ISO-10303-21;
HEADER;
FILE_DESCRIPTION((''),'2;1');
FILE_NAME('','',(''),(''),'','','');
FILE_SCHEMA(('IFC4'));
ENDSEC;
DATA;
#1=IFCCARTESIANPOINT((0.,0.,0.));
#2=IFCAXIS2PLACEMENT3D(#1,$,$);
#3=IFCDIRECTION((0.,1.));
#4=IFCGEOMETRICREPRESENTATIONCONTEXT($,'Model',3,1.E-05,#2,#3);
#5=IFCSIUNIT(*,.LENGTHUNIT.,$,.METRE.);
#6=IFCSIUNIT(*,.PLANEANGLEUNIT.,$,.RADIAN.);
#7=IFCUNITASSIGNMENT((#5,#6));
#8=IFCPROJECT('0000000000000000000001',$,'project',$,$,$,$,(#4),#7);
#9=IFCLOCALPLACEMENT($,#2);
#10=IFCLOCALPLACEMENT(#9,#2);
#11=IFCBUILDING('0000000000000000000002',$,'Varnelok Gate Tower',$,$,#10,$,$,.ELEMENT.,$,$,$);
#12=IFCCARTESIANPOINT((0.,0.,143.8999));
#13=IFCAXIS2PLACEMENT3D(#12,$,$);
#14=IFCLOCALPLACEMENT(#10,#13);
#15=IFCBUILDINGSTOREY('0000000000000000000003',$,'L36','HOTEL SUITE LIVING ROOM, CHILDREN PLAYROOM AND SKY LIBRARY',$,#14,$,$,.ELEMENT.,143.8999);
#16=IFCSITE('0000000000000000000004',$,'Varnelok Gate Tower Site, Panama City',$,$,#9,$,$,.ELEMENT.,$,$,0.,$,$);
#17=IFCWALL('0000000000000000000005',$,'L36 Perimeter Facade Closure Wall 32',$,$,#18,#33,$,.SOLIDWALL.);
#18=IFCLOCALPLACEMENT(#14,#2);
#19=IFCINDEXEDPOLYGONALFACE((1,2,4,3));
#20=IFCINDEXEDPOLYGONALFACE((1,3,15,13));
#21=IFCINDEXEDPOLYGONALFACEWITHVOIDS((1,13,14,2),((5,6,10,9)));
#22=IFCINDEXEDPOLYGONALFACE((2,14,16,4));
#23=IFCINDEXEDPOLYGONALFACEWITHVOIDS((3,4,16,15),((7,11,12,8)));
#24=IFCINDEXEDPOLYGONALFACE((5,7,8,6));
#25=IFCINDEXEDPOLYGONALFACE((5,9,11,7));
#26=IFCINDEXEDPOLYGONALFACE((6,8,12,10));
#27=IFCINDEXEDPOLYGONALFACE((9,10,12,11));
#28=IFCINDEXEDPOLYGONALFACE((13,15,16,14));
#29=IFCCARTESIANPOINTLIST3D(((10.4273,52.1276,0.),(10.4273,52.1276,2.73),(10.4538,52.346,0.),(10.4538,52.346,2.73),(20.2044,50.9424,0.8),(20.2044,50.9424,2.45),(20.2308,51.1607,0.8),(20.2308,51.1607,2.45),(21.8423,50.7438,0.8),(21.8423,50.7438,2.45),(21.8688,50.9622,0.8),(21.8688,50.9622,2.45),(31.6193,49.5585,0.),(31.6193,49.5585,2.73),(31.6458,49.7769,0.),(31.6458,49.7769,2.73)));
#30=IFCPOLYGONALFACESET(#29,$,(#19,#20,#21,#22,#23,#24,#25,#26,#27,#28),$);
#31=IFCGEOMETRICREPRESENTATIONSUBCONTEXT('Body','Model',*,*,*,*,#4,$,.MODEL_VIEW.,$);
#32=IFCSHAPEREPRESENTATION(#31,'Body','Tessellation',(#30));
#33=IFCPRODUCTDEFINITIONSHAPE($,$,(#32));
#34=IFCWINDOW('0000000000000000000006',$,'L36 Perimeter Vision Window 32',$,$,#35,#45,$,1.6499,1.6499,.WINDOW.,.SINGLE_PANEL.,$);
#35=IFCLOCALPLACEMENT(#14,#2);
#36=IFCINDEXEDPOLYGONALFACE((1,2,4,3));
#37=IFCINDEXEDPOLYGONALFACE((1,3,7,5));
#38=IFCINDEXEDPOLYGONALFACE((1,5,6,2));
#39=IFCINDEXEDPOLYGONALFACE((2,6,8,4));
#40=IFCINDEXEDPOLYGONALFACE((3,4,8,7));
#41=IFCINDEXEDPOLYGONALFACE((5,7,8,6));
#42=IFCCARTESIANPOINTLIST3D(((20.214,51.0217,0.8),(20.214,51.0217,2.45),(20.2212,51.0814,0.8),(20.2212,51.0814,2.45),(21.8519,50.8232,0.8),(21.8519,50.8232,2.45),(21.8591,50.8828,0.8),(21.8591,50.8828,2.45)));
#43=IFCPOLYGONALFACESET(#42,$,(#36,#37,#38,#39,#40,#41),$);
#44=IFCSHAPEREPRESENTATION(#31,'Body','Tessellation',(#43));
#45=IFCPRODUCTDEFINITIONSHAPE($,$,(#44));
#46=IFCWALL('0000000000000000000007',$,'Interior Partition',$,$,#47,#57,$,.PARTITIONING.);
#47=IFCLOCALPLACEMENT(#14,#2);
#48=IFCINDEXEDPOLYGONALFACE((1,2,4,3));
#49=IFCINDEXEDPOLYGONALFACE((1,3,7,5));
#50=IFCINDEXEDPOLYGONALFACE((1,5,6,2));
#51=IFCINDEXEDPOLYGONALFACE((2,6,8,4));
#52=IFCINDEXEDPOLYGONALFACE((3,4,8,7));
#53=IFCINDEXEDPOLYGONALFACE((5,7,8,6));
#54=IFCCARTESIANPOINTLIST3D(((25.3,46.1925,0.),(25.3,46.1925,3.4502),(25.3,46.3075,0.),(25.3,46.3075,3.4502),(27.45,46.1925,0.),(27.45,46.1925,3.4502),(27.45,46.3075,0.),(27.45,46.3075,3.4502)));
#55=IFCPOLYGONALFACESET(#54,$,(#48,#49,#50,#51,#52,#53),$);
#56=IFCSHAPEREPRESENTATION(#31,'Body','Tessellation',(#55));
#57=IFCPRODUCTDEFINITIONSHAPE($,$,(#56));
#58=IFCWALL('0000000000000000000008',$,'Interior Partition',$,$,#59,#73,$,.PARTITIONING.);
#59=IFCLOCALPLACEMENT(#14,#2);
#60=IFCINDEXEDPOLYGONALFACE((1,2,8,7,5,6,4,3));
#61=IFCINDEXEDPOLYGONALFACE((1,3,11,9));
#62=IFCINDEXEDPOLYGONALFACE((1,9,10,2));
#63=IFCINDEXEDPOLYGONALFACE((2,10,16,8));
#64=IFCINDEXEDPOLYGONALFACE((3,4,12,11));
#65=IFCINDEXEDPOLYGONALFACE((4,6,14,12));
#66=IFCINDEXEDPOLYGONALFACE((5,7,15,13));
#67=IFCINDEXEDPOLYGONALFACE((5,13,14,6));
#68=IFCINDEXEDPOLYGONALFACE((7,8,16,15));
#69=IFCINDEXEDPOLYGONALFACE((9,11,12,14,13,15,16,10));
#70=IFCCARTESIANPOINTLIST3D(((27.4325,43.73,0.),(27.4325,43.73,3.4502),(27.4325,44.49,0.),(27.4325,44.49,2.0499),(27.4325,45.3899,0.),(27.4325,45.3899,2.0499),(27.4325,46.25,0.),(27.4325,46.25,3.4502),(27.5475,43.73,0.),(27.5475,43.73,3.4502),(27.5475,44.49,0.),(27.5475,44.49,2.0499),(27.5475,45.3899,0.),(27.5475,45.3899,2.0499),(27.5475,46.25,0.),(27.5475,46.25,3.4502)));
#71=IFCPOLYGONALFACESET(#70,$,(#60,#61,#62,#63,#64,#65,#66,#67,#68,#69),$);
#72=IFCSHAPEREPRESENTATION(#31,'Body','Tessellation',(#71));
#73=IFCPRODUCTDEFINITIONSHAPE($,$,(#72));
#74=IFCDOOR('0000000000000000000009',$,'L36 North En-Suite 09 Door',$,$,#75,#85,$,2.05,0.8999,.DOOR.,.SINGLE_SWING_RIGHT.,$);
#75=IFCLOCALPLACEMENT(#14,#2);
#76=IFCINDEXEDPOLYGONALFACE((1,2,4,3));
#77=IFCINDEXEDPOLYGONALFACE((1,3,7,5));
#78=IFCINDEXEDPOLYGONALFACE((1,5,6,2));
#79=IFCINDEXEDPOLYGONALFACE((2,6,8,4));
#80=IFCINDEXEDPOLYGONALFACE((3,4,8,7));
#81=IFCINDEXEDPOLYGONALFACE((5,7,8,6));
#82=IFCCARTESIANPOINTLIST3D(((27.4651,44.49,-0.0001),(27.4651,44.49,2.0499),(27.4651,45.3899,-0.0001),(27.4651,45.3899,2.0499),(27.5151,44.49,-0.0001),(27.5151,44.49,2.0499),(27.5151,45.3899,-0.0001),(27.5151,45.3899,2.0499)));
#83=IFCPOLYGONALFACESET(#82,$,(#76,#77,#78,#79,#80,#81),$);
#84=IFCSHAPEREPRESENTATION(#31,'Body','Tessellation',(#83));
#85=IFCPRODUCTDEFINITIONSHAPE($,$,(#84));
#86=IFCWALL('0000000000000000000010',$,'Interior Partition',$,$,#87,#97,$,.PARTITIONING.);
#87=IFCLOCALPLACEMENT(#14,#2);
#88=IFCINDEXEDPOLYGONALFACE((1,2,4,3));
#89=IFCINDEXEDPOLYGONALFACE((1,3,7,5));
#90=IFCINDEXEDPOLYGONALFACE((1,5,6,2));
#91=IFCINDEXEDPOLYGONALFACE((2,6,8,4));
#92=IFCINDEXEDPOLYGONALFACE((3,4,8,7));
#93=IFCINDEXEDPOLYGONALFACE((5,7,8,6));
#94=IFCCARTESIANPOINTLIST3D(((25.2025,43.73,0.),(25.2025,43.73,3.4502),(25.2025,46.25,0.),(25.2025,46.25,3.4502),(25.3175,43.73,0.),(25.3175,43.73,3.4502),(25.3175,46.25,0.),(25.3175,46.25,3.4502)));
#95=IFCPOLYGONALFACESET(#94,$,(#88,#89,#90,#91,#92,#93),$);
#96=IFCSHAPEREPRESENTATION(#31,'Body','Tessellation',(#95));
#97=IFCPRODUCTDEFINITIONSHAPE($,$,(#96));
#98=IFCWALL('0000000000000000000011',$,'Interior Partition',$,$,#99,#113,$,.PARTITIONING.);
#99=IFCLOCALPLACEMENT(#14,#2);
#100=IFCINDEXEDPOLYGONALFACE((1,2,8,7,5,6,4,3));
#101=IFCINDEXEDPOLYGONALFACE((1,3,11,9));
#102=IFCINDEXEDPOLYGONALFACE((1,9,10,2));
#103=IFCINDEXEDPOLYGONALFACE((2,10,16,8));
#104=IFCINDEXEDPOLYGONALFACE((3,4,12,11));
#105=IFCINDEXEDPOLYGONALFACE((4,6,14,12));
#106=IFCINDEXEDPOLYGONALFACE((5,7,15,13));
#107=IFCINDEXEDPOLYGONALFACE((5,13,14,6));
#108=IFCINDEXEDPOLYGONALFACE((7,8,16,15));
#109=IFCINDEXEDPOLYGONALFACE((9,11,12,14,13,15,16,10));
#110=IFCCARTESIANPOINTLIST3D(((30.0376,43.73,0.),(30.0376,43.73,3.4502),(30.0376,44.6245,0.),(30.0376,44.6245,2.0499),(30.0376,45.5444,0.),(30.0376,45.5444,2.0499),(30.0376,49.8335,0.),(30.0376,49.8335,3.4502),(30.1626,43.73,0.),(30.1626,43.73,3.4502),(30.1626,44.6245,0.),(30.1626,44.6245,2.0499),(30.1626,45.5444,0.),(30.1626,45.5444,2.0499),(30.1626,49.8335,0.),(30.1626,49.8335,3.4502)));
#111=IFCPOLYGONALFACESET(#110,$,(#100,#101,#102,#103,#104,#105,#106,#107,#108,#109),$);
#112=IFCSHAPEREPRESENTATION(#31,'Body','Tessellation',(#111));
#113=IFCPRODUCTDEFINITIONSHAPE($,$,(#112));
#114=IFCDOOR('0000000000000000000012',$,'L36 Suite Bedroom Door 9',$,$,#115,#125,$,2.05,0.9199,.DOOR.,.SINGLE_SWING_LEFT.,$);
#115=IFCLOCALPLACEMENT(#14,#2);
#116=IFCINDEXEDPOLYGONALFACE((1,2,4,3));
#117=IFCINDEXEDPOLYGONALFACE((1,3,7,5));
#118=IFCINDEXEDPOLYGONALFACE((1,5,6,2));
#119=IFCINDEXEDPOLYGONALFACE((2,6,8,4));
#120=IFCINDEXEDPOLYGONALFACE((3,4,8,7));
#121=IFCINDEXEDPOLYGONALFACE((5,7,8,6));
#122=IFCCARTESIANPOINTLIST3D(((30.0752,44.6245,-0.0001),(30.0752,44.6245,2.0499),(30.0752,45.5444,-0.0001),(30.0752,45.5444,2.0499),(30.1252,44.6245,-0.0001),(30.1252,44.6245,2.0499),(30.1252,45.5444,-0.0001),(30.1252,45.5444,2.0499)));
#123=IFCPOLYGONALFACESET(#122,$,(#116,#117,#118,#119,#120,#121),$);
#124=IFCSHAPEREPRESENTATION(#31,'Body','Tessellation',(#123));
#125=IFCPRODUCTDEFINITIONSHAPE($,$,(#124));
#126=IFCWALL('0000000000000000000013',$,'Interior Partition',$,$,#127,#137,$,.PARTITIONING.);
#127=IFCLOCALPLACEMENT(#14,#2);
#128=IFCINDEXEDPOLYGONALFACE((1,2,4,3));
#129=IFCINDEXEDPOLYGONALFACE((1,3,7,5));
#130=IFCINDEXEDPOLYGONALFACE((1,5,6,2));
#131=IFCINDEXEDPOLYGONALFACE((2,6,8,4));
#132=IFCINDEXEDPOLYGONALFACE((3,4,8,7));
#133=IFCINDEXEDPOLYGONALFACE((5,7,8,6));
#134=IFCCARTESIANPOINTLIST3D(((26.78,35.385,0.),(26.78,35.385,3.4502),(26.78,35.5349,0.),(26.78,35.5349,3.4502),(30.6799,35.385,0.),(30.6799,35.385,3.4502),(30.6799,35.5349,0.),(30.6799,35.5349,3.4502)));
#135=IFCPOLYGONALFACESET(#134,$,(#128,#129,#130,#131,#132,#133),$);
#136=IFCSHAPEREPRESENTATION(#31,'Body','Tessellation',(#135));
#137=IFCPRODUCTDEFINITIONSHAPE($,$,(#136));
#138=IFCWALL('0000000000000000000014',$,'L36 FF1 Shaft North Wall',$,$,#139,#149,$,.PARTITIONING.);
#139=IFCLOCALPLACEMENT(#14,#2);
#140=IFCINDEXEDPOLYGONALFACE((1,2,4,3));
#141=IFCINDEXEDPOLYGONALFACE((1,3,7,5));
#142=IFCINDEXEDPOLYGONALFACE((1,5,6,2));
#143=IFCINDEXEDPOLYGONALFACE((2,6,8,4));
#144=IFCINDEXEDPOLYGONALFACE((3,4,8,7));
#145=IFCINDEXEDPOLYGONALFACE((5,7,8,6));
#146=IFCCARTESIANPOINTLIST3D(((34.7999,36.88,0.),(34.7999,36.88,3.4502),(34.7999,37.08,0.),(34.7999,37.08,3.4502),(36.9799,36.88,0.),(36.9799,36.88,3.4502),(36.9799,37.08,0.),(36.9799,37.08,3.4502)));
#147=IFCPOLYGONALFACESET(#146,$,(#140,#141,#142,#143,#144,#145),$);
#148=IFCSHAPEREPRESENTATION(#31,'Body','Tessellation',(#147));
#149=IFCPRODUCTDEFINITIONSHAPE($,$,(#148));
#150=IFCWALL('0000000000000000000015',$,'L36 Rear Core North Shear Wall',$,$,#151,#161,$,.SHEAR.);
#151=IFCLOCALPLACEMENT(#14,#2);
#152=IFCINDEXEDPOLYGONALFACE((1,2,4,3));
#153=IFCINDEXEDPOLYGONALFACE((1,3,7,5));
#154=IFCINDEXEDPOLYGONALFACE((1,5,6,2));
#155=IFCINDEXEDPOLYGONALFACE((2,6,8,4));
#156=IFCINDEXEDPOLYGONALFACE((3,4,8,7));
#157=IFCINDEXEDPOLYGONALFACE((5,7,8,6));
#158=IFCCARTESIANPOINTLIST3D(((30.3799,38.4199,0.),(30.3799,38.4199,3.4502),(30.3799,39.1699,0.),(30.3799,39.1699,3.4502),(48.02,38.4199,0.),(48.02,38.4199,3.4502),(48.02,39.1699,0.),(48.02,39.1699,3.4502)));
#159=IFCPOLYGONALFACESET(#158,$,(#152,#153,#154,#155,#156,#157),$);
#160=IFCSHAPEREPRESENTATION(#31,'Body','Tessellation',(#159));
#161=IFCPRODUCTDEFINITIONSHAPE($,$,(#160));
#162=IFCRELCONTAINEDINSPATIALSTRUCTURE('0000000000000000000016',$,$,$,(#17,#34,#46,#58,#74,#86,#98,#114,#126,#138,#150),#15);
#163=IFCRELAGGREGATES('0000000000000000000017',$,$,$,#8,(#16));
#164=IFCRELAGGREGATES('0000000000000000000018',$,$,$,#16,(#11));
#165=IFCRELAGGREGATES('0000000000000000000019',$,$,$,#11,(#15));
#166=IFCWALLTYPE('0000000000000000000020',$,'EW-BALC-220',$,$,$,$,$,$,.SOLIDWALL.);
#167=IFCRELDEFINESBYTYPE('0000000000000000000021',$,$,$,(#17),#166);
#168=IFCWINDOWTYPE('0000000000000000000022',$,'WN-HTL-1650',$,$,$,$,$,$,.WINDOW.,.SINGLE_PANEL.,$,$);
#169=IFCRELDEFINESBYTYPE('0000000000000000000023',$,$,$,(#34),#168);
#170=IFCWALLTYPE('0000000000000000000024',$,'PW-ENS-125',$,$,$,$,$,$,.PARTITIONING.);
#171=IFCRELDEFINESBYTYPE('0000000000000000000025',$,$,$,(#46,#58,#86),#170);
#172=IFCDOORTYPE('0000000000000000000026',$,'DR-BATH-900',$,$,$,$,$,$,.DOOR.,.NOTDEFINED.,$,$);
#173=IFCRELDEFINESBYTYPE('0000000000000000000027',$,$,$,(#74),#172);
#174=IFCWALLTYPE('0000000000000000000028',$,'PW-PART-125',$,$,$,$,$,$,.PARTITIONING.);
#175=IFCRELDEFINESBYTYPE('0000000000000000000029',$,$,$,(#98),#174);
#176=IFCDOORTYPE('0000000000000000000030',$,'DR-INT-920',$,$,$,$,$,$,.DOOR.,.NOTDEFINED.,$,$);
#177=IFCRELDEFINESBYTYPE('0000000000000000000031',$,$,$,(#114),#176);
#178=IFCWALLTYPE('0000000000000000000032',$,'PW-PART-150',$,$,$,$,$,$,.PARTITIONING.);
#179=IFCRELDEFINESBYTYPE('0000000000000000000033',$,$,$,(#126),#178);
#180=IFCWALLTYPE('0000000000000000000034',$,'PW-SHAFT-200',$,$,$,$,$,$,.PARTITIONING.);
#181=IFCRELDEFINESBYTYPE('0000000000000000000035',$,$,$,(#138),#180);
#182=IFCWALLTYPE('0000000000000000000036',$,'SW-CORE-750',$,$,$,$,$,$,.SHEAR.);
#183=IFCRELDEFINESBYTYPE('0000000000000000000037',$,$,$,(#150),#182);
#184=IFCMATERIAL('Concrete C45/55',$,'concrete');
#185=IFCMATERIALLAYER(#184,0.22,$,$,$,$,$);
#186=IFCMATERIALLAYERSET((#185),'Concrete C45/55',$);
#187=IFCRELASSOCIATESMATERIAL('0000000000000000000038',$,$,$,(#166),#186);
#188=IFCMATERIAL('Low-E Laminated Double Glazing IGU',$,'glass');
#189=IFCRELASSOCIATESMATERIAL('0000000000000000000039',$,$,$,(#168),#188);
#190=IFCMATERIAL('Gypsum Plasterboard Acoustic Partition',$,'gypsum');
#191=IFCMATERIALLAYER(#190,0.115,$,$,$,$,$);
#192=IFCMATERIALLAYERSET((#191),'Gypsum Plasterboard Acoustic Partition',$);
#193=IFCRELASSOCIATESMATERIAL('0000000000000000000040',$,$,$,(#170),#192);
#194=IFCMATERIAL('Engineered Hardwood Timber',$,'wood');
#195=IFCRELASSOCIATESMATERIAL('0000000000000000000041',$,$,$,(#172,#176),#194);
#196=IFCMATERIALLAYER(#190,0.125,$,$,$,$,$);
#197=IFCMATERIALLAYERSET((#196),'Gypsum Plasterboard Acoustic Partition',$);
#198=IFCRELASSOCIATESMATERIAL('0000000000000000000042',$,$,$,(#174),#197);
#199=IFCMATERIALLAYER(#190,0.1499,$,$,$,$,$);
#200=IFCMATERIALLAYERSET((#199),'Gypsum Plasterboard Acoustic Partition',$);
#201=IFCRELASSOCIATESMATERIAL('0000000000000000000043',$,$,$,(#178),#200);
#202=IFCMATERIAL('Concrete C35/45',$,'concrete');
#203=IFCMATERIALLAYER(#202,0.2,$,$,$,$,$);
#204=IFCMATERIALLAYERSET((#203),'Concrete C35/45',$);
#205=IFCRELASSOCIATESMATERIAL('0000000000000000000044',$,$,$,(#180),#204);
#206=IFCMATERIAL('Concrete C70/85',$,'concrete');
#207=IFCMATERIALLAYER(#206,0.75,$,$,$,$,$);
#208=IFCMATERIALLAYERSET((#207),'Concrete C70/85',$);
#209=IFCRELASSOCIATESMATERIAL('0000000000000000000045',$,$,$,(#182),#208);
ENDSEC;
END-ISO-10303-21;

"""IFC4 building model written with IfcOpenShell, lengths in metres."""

from ifc_helpers import new_model, si_unit, direction, frame, frame_2d, origin, place, context, subcontext, project, spatial, rectangle, extrude, material, layer, layer_set, type_object, element, fill, save


model = new_model("IFC4")

# Units and contexts
model_context = context("Model", 3, precision=1e-05, world=origin(), true_north=direction((0.0, 1.0)))
body_context = subcontext(model_context, "Body", "Model", "MODEL_VIEW")
ifc_project = project(units=[si_unit("LENGTHUNIT", "METRE"), si_unit("PLANEANGLEUNIT", "RADIAN")], contexts=[model_context])

# Site, building, storey
site_placement = place(None, origin())
site = spatial("IfcSite", under=ifc_project, at=site_placement, Name="Varnelok Gate Tower Site, Panama City", CompositionType="ELEMENT", RefElevation=0.0)
building_placement = place(site_placement, origin())
building = spatial("IfcBuilding", under=site, at=building_placement, Name="Varnelok Gate Tower", CompositionType="ELEMENT")
storey_placement = place(building_placement, frame((0.0, 0.0, 143.8999)))
storey = spatial("IfcBuildingStorey", under=building, at=storey_placement, Name="L36", Description="HOTEL SUITE LIVING ROOM, CHILDREN PLAYROOM AND SKY LIBRARY", CompositionType="ELEMENT", Elevation=143.8999)

# Shared definitions
ifc_material_1 = material(Name="Concrete C45/55", Category="concrete")
ifc_layer_1 = layer(ifc_material_1, 0.22)
ifc_layer_set_1 = layer_set([ifc_layer_1], Name="Concrete C45/55")
wall_type_1 = type_object("IfcWallType", Name="EW-BALC-220", PredefinedType="SOLIDWALL", material=ifc_layer_set_1)

# Wall, opening, window
wall_1_placement = place(storey_placement, frame((31.6326, 49.6677, 0.0), z_axis=(0.0, 0.0, 1.0), x_axis=(-0.992732, 0.120349, 0.0)))
wall_1 = element("IfcWall", 1, at=wall_1_placement, inside=storey, type_object=wall_type_1, Name="L36 Perimeter Facade Closure Wall 32", PredefinedType="SOLIDWALL", context=body_context, shape_type="SweptSolid", body=[
    extrude(rectangle(XDim=21.3472, YDim=0.22, at=frame_2d((10.6736, 0.0))), origin(), (0.0, 0.0, 1.0), 2.73),
])
opening_1_placement = place(wall_1_placement, frame((9.8486, 0.0, 0.8)))
opening_1 = element("IfcOpeningElement", 2, at=opening_1_placement, cuts=wall_1, PredefinedType="OPENING", context=body_context, shape_type="SweptSolid", body=[
    extrude(rectangle(XDim=1.6499, YDim=1.6499, at=frame_2d((0.825, 0.825))), frame((0.0, 0.1199, 0.0), z_axis=(0.0, -1.0, 0.0), x_axis=(1.0, 0.0, 0.0)), (0.0, 0.0, 1.0), 0.24),
])
ifc_material_2 = material(Name="Low-E Laminated Double Glazing IGU", Category="glass")
window_type = type_object("IfcWindowType", Name="WN-HTL-1650", PartitioningType="SINGLE_PANEL", PredefinedType="WINDOW", material=ifc_material_2)
window_placement = place(opening_1_placement, origin())
window = element("IfcWindow", 3, at=window_placement, inside=storey, type_object=window_type, Name="L36 Perimeter Vision Window 32", OverallHeight=1.6499, OverallWidth=1.6499, PartitioningType="SINGLE_PANEL", PredefinedType="WINDOW", context=body_context, shape_type="SweptSolid", body=[
    extrude(rectangle(XDim=1.6499, YDim=1.6499, at=frame_2d((0.825, 0.825))), frame((0.0, 0.03, 0.0), z_axis=(0.0, -1.0, 0.0), x_axis=(1.0, 0.0, 0.0)), (0.0, 0.0, 1.0), 0.0601),
])
fill(opening_1, window)

# Wall
ifc_material_3 = material(Name="Gypsum Plasterboard Acoustic Partition", Category="gypsum")
ifc_layer_2 = layer(ifc_material_3, 0.115)
ifc_layer_set_2 = layer_set([ifc_layer_2], Name="Gypsum Plasterboard Acoustic Partition")
wall_type_2 = type_object("IfcWallType", Name="PW-ENS-125", PredefinedType="PARTITIONING", material=ifc_layer_set_2)
wall_2_placement = place(storey_placement, frame((25.3, 46.25, 0.0), z_axis=(0.0, 0.0, 1.0), x_axis=(1.0, 0.0, 0.0)))
element("IfcWall", 4, at=wall_2_placement, inside=storey, type_object=wall_type_2, Name="Interior Partition", PredefinedType="PARTITIONING", context=body_context, shape_type="SweptSolid", body=[
    extrude(rectangle(XDim=2.1499, YDim=0.115, at=frame_2d((1.075, 0.0))), origin(), (0.0, 0.0, 1.0), 3.4502),
])

# Wall, opening, door
wall_3_placement = place(storey_placement, frame((27.49, 43.73, 0.0), z_axis=(0.0, 0.0, 1.0), x_axis=(0.0, 1.0, 0.0)))
wall_3 = element("IfcWall", 5, at=wall_3_placement, inside=storey, type_object=wall_type_2, Name="Interior Partition", PredefinedType="PARTITIONING", context=body_context, shape_type="SweptSolid", body=[
    extrude(rectangle(XDim=2.52, YDim=0.115, at=frame_2d((1.26, 0.0))), origin(), (0.0, 0.0, 1.0), 3.4502),
])
opening_2_placement = place(wall_3_placement, frame((0.76, 0.0, 0.0)))
opening_2 = element("IfcOpeningElement", 6, at=opening_2_placement, cuts=wall_3, PredefinedType="OPENING", context=body_context, shape_type="SweptSolid", body=[
    extrude(rectangle(XDim=0.8999, YDim=2.05, at=frame_2d((0.45, 1.0249))), frame((0.0, 0.0674, 0.0), z_axis=(0.0, -1.0, 0.0), x_axis=(1.0, 0.0, 0.0)), (0.0, 0.0, 1.0), 0.135),
])
ifc_material_4 = material(Name="Engineered Hardwood Timber", Category="wood")
door_type_1 = type_object("IfcDoorType", Name="DR-BATH-900", OperationType="NOTDEFINED", PredefinedType="DOOR", material=ifc_material_4)
door_1_placement = place(opening_2_placement, origin())
door_1 = element("IfcDoor", 7, at=door_1_placement, inside=storey, type_object=door_type_1, Name="L36 North En-Suite 09 Door", OperationType="SINGLE_SWING_RIGHT", OverallHeight=2.05, OverallWidth=0.8999, PredefinedType="DOOR", context=body_context, shape_type="SweptSolid", body=[
    extrude(rectangle(XDim=0.8999, YDim=2.05, at=frame_2d((0.45, 1.0249))), frame((0.0, 0.0249, 0.0), z_axis=(0.0, -1.0, 0.0), x_axis=(1.0, 0.0, 0.0)), (0.0, 0.0, 1.0), 0.05),
])
fill(opening_2, door_1)

# Wall
wall_4_placement = place(storey_placement, frame((25.26, 43.73, 0.0), z_axis=(0.0, 0.0, 1.0), x_axis=(0.0, 1.0, 0.0)))
element("IfcWall", 8, at=wall_4_placement, inside=storey, type_object=wall_type_2, Name="Interior Partition", PredefinedType="PARTITIONING", context=body_context, shape_type="SweptSolid", body=[
    extrude(rectangle(XDim=2.52, YDim=0.115, at=frame_2d((1.26, 0.0))), origin(), (0.0, 0.0, 1.0), 3.4502),
])

# Wall, opening, door
ifc_layer_3 = layer(ifc_material_3, 0.125)
ifc_layer_set_3 = layer_set([ifc_layer_3], Name="Gypsum Plasterboard Acoustic Partition")
wall_type_3 = type_object("IfcWallType", Name="PW-PART-125", PredefinedType="PARTITIONING", material=ifc_layer_set_3)
wall_5_placement = place(storey_placement, frame((30.1001, 43.73, 0.0), z_axis=(0.0, 0.0, 1.0), x_axis=(0.0, 1.0, 0.0)))
wall_5 = element("IfcWall", 9, at=wall_5_placement, inside=storey, type_object=wall_type_3, Name="Interior Partition", PredefinedType="PARTITIONING", context=body_context, shape_type="SweptSolid", body=[
    extrude(rectangle(XDim=6.1035, YDim=0.125, at=frame_2d((3.0518, 0.0))), origin(), (0.0, 0.0, 1.0), 3.4502),
])
opening_3_placement = place(wall_5_placement, frame((0.8945, 0.0, 0.0)))
opening_3 = element("IfcOpeningElement", 10, at=opening_3_placement, cuts=wall_5, PredefinedType="OPENING", context=body_context, shape_type="SweptSolid", body=[
    extrude(rectangle(XDim=0.9199, YDim=2.05, at=frame_2d((0.46, 1.0249))), frame((0.0, 0.0725, 0.0), z_axis=(0.0, -1.0, 0.0), x_axis=(1.0, 0.0, 0.0)), (0.0, 0.0, 1.0), 0.145),
])
door_type_2 = type_object("IfcDoorType", Name="DR-INT-920", OperationType="NOTDEFINED", PredefinedType="DOOR", material=ifc_material_4)
door_2_placement = place(opening_3_placement, origin())
door_2 = element("IfcDoor", 11, at=door_2_placement, inside=storey, type_object=door_type_2, Name="L36 Suite Bedroom Door 9", OperationType="SINGLE_SWING_LEFT", OverallHeight=2.05, OverallWidth=0.9199, PredefinedType="DOOR", context=body_context, shape_type="SweptSolid", body=[
    extrude(rectangle(XDim=0.9199, YDim=2.05, at=frame_2d((0.46, 1.0249))), frame((0.0, 0.0249, 0.0), z_axis=(0.0, -1.0, 0.0), x_axis=(1.0, 0.0, 0.0)), (0.0, 0.0, 1.0), 0.05),
])
fill(opening_3, door_2)

# Walls
ifc_layer_4 = layer(ifc_material_3, 0.1499)
ifc_layer_set_4 = layer_set([ifc_layer_4], Name="Gypsum Plasterboard Acoustic Partition")
wall_type_4 = type_object("IfcWallType", Name="PW-PART-150", PredefinedType="PARTITIONING", material=ifc_layer_set_4)
wall_6_placement = place(storey_placement, frame((26.78, 35.46, 0.0), z_axis=(0.0, 0.0, 1.0), x_axis=(1.0, 0.0, 0.0)))
element("IfcWall", 12, at=wall_6_placement, inside=storey, type_object=wall_type_4, Name="Interior Partition", PredefinedType="PARTITIONING", context=body_context, shape_type="SweptSolid", body=[
    extrude(rectangle(XDim=3.8999, YDim=0.1499, at=frame_2d((1.95, 0.0))), origin(), (0.0, 0.0, 1.0), 3.4502),
])
ifc_material_5 = material(Name="Concrete C35/45", Category="concrete")
ifc_layer_5 = layer(ifc_material_5, 0.2)
ifc_layer_set_5 = layer_set([ifc_layer_5], Name="Concrete C35/45")
wall_type_5 = type_object("IfcWallType", Name="PW-SHAFT-200", PredefinedType="PARTITIONING", material=ifc_layer_set_5)
wall_7_placement = place(storey_placement, frame((34.8, 36.98, 0.0), z_axis=(0.0, 0.0, 1.0), x_axis=(1.0, 0.0, 0.0)))
element("IfcWall", 13, at=wall_7_placement, inside=storey, type_object=wall_type_5, Name="L36 FF1 Shaft North Wall", PredefinedType="PARTITIONING", context=body_context, shape_type="SweptSolid", body=[
    extrude(rectangle(XDim=2.1799, YDim=0.2, at=frame_2d((1.0898, 0.0))), origin(), (0.0, 0.0, 1.0), 3.4502),
])
ifc_material_6 = material(Name="Concrete C70/85", Category="concrete")
ifc_layer_6 = layer(ifc_material_6, 0.75)
ifc_layer_set_6 = layer_set([ifc_layer_6], Name="Concrete C70/85")
wall_type_6 = type_object("IfcWallType", Name="SW-CORE-750", PredefinedType="SHEAR", material=ifc_layer_set_6)
wall_8_placement = place(storey_placement, frame((30.3799, 38.7949, 0.0), z_axis=(0.0, 0.0, 1.0), x_axis=(1.0, 0.0, 0.0)))
element("IfcWall", 14, at=wall_8_placement, inside=storey, type_object=wall_type_6, Name="L36 Rear Core North Shear Wall", PredefinedType="SHEAR", context=body_context, shape_type="SweptSolid", body=[
    extrude(rectangle(XDim=17.6401, YDim=0.75, at=frame_2d((8.8201, 0.0))), origin(), (0.0, 0.0, 1.0), 3.4502),
])

save(model, "model.ifc")
